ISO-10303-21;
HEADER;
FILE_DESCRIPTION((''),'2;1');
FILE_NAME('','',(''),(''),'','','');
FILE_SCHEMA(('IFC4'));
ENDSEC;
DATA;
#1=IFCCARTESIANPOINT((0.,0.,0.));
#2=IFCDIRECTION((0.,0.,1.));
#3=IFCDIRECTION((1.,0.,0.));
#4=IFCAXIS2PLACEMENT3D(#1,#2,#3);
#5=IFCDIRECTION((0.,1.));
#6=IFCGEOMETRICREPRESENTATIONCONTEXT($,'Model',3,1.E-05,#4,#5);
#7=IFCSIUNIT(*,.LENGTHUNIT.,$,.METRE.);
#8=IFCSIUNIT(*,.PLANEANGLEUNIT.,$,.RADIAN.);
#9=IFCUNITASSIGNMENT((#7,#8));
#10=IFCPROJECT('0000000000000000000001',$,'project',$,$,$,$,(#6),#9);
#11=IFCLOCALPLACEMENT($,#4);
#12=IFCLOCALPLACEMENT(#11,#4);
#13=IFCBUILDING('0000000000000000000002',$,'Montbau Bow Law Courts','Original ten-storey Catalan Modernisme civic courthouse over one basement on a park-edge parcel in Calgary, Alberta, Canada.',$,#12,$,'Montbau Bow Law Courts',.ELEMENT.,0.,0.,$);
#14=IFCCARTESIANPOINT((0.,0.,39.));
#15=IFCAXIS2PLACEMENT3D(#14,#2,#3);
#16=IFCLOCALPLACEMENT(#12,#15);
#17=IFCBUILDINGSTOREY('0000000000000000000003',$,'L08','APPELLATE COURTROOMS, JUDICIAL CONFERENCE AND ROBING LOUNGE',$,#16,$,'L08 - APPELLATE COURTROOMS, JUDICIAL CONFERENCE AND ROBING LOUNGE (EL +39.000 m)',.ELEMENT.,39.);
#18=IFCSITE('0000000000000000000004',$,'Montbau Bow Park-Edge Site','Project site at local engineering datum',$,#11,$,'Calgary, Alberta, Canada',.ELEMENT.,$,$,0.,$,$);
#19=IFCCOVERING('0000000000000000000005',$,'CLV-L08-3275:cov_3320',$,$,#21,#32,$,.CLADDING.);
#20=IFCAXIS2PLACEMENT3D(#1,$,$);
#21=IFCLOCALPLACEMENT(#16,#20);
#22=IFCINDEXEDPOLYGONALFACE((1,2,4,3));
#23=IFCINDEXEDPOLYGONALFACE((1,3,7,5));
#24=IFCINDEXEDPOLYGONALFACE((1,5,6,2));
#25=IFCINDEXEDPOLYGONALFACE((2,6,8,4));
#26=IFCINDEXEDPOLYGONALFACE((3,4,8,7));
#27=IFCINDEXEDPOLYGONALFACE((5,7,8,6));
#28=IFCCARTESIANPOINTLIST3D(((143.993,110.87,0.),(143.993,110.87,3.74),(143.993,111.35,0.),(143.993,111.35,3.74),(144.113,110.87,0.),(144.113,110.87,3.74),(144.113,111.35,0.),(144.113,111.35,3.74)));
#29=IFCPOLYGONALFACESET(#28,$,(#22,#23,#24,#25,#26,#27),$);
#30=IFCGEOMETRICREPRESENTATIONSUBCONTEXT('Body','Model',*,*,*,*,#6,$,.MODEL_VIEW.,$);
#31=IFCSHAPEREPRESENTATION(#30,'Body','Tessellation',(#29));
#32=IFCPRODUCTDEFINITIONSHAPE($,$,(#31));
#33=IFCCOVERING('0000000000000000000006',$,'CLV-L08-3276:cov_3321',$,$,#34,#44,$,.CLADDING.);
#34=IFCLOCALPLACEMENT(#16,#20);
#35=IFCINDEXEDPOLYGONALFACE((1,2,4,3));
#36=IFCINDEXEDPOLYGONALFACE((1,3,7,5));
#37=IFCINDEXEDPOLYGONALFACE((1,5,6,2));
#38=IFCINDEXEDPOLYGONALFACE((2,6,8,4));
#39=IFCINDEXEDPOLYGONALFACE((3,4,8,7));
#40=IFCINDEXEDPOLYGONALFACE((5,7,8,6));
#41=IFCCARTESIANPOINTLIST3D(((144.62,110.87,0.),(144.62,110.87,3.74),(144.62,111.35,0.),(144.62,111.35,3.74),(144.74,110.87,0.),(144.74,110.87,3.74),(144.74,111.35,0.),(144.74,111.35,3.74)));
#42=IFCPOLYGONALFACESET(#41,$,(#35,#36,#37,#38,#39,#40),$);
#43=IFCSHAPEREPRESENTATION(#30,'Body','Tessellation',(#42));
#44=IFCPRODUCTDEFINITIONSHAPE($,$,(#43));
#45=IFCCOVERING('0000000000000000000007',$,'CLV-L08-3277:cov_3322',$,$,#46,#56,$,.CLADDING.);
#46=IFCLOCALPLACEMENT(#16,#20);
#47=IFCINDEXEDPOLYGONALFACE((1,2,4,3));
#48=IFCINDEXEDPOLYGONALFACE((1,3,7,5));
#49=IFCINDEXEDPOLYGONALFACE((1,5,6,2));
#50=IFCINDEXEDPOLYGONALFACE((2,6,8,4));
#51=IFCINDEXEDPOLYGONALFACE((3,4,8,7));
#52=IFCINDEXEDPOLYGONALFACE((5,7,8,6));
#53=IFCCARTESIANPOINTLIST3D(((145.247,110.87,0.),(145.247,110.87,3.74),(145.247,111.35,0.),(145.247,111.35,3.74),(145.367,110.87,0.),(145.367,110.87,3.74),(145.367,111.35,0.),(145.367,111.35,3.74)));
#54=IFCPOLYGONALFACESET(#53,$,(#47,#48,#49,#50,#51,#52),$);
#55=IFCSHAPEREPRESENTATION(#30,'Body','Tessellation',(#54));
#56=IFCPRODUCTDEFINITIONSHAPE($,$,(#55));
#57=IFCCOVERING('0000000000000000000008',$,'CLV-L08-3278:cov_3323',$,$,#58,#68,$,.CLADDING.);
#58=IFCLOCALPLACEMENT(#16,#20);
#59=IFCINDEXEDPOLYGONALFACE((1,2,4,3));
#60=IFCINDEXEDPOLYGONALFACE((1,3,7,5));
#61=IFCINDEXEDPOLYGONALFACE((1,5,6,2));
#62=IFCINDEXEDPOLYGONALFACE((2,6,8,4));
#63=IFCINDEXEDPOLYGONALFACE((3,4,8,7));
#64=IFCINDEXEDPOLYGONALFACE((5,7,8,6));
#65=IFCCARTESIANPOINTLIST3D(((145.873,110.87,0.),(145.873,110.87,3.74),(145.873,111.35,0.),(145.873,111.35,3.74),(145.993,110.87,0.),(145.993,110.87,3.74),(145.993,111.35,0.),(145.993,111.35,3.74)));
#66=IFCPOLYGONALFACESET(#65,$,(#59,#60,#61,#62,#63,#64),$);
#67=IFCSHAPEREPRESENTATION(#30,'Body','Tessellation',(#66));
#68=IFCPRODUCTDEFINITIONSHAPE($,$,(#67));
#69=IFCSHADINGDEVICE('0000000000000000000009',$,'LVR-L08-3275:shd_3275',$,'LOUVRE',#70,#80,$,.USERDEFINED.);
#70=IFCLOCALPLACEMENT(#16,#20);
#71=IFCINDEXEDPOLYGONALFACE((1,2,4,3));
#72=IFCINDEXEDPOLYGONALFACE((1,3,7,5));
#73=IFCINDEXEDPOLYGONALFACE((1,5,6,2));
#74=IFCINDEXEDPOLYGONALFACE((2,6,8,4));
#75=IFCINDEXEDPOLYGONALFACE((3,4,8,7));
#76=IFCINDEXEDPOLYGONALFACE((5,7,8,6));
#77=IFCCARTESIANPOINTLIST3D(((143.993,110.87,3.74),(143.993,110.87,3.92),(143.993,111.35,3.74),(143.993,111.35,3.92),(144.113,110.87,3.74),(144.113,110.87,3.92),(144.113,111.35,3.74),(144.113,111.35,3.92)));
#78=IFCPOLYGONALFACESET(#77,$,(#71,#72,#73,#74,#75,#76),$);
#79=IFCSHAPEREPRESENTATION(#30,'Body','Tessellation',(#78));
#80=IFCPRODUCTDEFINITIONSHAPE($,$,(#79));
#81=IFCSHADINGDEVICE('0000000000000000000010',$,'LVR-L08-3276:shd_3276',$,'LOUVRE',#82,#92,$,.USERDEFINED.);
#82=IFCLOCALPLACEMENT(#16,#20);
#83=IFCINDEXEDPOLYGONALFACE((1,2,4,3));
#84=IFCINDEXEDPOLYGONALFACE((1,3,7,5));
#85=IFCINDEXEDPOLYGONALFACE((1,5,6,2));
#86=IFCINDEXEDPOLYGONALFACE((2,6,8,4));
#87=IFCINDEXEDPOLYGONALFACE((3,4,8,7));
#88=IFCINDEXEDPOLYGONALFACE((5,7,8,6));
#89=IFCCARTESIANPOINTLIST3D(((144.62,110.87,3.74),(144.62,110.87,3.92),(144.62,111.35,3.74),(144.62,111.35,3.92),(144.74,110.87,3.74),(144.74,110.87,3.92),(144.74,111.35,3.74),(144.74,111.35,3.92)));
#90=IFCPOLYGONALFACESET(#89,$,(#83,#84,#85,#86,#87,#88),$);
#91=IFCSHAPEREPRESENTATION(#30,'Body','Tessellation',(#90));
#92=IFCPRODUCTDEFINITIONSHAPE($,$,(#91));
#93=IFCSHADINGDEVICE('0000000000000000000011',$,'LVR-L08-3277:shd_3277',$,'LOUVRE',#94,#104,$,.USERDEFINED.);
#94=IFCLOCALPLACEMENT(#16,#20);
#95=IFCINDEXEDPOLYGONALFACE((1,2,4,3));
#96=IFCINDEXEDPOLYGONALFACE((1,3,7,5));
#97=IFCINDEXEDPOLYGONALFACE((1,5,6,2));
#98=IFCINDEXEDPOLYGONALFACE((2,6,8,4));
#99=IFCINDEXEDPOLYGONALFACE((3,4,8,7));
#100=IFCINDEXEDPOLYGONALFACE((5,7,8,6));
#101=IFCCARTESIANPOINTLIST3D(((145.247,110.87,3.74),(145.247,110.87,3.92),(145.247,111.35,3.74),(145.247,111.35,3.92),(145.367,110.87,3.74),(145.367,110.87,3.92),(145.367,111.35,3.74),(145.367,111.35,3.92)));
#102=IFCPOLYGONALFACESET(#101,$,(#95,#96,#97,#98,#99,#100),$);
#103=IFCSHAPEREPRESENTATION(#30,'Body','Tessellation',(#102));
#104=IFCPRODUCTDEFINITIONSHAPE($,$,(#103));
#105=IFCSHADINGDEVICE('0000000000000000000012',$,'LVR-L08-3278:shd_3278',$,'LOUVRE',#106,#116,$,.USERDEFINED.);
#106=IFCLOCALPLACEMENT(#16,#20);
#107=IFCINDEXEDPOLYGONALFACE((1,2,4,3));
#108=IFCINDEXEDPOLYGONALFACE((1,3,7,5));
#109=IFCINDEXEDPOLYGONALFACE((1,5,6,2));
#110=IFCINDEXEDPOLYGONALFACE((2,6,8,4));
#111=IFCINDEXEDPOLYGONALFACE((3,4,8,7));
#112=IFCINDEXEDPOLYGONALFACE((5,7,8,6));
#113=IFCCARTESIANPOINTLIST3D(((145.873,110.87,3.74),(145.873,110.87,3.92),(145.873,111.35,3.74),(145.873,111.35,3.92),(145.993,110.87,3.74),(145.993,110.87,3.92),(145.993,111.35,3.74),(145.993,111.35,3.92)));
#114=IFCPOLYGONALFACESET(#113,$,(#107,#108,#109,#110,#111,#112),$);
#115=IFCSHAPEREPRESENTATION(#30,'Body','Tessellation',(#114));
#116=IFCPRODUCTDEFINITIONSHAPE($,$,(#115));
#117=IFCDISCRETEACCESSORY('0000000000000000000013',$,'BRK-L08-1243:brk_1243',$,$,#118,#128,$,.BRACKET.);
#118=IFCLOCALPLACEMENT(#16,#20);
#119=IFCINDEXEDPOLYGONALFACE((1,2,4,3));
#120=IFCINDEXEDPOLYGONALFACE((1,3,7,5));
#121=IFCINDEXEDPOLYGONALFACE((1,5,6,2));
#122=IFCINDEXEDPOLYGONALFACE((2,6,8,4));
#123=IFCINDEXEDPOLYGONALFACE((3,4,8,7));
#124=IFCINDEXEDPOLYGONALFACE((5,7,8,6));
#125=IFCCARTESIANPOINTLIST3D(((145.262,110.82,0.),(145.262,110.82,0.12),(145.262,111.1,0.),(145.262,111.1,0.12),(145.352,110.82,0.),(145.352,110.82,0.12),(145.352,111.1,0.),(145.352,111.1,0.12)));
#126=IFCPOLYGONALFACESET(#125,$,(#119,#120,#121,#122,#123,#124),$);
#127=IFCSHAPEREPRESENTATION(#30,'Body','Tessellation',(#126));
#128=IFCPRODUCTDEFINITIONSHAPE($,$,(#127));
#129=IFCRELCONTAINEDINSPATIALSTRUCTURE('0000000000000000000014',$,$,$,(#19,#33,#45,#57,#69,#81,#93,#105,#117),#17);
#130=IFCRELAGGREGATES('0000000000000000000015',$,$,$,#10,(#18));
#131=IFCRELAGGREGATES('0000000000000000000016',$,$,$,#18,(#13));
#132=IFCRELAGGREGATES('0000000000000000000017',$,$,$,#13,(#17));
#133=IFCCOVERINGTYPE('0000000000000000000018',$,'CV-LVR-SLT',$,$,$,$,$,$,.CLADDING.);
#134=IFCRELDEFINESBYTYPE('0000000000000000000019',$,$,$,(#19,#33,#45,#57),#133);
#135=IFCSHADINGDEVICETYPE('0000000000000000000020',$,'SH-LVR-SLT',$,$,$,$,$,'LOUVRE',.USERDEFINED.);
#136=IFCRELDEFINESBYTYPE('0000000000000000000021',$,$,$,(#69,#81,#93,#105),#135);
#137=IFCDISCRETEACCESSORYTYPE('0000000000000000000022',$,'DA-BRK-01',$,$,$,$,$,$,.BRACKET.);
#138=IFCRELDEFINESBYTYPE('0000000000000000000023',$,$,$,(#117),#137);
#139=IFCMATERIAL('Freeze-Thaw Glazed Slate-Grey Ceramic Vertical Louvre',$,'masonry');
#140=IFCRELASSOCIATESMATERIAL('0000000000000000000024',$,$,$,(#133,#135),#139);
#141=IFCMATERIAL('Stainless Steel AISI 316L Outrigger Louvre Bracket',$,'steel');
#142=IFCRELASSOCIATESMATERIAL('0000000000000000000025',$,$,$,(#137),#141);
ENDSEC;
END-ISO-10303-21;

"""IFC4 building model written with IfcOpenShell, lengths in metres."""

from ifc_helpers import new_model, si_unit, direction, frame, frame_2d, origin_with_axes, origin_2d_with_axis, place, context, subcontext, project, spatial, rectangle, extrude, material, type_object, element, save


model = new_model("IFC4")

# Units and contexts
model_context = context("Model", 3, precision=1e-05, world=origin_with_axes(), true_north=direction((0.0, 1.0)))
body_context = subcontext(model_context, "Body", "Model", "MODEL_VIEW")
ifc_project = project(units=[si_unit("LENGTHUNIT", "METRE"), si_unit("PLANEANGLEUNIT", "RADIAN")], contexts=[model_context])

# Site, building, storey
site_placement = place(None, origin_with_axes())
site = spatial("IfcSite", under=ifc_project, at=site_placement, Name="Montbau Bow Park-Edge Site", Description="Project site at local engineering datum", LongName="Calgary, Alberta, Canada", CompositionType="ELEMENT", RefElevation=0.0)
building_placement = place(site_placement, origin_with_axes())
building = spatial("IfcBuilding", under=site, at=building_placement, Name="Montbau Bow Law Courts", Description="Original ten-storey Catalan Modernisme civic courthouse over one basement on a park-edge parcel in Calgary, Alberta, Canada.", LongName="Montbau Bow Law Courts", CompositionType="ELEMENT", ElevationOfRefHeight=0.0, ElevationOfTerrain=0.0)
storey_placement = place(building_placement, frame((0.0, 0.0, 39.0), z_axis=(0.0, 0.0, 1.0), x_axis=(1.0, 0.0, 0.0)))
storey = spatial("IfcBuildingStorey", under=building, at=storey_placement, Name="L08", Description="APPELLATE COURTROOMS, JUDICIAL CONFERENCE AND ROBING LOUNGE", LongName="L08 - APPELLATE COURTROOMS, JUDICIAL CONFERENCE AND ROBING LOUNGE (EL +39.000 m)", CompositionType="ELEMENT", Elevation=39.0)

# Coverings
ifc_material_1 = material(Name="Freeze-Thaw Glazed Slate-Grey Ceramic Vertical Louvre", Category="masonry")
covering_type = type_object("IfcCoveringType", Name="CV-LVR-SLT", PredefinedType="CLADDING", material=ifc_material_1)
for number, where, z_axis, x_axis, name in (
    (1, (144.053, 110.87, 39.0), (1.0, 0.0, 0.0), (0.0, 1.0, 0.0), "CLV-L08-3275:cov_3320"),
    (2, (144.68, 110.87, 39.0), (1.0, 0.0, 0.0), (0.0, 1.0, 0.0), "CLV-L08-3276:cov_3321"),
    (3, (145.307, 110.87, 39.0), (1.0, 0.0, 0.0), (0.0, 1.0, 0.0), "CLV-L08-3277:cov_3322"),
    (4, (145.933, 110.87, 39.0), (1.0, 0.0, 0.0), (0.0, 1.0, 0.0), "CLV-L08-3278:cov_3323"),
):
    element("IfcCovering", number, at=place(None, frame(where, z_axis=z_axis, x_axis=x_axis)), inside=storey, type_object=covering_type, Name=name, PredefinedType="CLADDING", context=body_context, shape_type="SweptSolid", body=[
        extrude(rectangle(XDim=0.48, YDim=3.74, at=frame_2d((0.24, 1.87), x_axis=(1.0, 0.0))), frame((0.0, 0.0, -0.06), z_axis=(0.0, 0.0, 1.0), x_axis=(1.0, 0.0, 0.0)), (0.0, 0.0, 1.0), 0.12),
    ])

# Shading devices
shading_device_type = type_object("IfcShadingDeviceType", Name="SH-LVR-SLT", ElementType="LOUVRE", PredefinedType="USERDEFINED", material=ifc_material_1)
for number, where, z_axis, x_axis, name in (
    (5, (144.053, 111.11, 42.74), (0.0, 0.0, 1.0), (0.0, 1.0, 0.0), "LVR-L08-3275:shd_3275"),
    (6, (144.68, 111.11, 42.74), (0.0, 0.0, 1.0), (0.0, 1.0, 0.0), "LVR-L08-3276:shd_3276"),
    (7, (145.307, 111.11, 42.74), (0.0, 0.0, 1.0), (0.0, 1.0, 0.0), "LVR-L08-3277:shd_3277"),
    (8, (145.933, 111.11, 42.74), (0.0, 0.0, 1.0), (0.0, 1.0, 0.0), "LVR-L08-3278:shd_3278"),
):
    element("IfcShadingDevice", number, at=place(None, frame(where, z_axis=z_axis, x_axis=x_axis)), inside=storey, type_object=shading_device_type, Name=name, ObjectType="LOUVRE", PredefinedType="USERDEFINED", context=body_context, shape_type="SweptSolid", body=[
        extrude(rectangle(XDim=0.48, YDim=0.12, at=origin_2d_with_axis()), origin_with_axes(), (0.0, 0.0, 1.0), 0.18),
    ])

# Discrete accessory
ifc_material_2 = material(Name="Stainless Steel AISI 316L Outrigger Louvre Bracket", Category="steel")
discrete_accessory_type = type_object("IfcDiscreteAccessoryType", Name="DA-BRK-01", PredefinedType="BRACKET", material=ifc_material_2)
discrete_accessory_placement = place(None, frame((145.307, 110.96, 39.0), z_axis=(0.0, 0.0, 1.0), x_axis=(0.0, 1.0, 0.0)))
element("IfcDiscreteAccessory", 9, at=discrete_accessory_placement, inside=storey, type_object=discrete_accessory_type, Name="BRK-L08-1243:brk_1243", PredefinedType="BRACKET", context=body_context, shape_type="SweptSolid", body=[
    extrude(rectangle(XDim=0.28, YDim=0.09, at=origin_2d_with_axis()), origin_with_axes(), (0.0, 0.0, 1.0), 0.12),
])

save(model, "model.ifc")
